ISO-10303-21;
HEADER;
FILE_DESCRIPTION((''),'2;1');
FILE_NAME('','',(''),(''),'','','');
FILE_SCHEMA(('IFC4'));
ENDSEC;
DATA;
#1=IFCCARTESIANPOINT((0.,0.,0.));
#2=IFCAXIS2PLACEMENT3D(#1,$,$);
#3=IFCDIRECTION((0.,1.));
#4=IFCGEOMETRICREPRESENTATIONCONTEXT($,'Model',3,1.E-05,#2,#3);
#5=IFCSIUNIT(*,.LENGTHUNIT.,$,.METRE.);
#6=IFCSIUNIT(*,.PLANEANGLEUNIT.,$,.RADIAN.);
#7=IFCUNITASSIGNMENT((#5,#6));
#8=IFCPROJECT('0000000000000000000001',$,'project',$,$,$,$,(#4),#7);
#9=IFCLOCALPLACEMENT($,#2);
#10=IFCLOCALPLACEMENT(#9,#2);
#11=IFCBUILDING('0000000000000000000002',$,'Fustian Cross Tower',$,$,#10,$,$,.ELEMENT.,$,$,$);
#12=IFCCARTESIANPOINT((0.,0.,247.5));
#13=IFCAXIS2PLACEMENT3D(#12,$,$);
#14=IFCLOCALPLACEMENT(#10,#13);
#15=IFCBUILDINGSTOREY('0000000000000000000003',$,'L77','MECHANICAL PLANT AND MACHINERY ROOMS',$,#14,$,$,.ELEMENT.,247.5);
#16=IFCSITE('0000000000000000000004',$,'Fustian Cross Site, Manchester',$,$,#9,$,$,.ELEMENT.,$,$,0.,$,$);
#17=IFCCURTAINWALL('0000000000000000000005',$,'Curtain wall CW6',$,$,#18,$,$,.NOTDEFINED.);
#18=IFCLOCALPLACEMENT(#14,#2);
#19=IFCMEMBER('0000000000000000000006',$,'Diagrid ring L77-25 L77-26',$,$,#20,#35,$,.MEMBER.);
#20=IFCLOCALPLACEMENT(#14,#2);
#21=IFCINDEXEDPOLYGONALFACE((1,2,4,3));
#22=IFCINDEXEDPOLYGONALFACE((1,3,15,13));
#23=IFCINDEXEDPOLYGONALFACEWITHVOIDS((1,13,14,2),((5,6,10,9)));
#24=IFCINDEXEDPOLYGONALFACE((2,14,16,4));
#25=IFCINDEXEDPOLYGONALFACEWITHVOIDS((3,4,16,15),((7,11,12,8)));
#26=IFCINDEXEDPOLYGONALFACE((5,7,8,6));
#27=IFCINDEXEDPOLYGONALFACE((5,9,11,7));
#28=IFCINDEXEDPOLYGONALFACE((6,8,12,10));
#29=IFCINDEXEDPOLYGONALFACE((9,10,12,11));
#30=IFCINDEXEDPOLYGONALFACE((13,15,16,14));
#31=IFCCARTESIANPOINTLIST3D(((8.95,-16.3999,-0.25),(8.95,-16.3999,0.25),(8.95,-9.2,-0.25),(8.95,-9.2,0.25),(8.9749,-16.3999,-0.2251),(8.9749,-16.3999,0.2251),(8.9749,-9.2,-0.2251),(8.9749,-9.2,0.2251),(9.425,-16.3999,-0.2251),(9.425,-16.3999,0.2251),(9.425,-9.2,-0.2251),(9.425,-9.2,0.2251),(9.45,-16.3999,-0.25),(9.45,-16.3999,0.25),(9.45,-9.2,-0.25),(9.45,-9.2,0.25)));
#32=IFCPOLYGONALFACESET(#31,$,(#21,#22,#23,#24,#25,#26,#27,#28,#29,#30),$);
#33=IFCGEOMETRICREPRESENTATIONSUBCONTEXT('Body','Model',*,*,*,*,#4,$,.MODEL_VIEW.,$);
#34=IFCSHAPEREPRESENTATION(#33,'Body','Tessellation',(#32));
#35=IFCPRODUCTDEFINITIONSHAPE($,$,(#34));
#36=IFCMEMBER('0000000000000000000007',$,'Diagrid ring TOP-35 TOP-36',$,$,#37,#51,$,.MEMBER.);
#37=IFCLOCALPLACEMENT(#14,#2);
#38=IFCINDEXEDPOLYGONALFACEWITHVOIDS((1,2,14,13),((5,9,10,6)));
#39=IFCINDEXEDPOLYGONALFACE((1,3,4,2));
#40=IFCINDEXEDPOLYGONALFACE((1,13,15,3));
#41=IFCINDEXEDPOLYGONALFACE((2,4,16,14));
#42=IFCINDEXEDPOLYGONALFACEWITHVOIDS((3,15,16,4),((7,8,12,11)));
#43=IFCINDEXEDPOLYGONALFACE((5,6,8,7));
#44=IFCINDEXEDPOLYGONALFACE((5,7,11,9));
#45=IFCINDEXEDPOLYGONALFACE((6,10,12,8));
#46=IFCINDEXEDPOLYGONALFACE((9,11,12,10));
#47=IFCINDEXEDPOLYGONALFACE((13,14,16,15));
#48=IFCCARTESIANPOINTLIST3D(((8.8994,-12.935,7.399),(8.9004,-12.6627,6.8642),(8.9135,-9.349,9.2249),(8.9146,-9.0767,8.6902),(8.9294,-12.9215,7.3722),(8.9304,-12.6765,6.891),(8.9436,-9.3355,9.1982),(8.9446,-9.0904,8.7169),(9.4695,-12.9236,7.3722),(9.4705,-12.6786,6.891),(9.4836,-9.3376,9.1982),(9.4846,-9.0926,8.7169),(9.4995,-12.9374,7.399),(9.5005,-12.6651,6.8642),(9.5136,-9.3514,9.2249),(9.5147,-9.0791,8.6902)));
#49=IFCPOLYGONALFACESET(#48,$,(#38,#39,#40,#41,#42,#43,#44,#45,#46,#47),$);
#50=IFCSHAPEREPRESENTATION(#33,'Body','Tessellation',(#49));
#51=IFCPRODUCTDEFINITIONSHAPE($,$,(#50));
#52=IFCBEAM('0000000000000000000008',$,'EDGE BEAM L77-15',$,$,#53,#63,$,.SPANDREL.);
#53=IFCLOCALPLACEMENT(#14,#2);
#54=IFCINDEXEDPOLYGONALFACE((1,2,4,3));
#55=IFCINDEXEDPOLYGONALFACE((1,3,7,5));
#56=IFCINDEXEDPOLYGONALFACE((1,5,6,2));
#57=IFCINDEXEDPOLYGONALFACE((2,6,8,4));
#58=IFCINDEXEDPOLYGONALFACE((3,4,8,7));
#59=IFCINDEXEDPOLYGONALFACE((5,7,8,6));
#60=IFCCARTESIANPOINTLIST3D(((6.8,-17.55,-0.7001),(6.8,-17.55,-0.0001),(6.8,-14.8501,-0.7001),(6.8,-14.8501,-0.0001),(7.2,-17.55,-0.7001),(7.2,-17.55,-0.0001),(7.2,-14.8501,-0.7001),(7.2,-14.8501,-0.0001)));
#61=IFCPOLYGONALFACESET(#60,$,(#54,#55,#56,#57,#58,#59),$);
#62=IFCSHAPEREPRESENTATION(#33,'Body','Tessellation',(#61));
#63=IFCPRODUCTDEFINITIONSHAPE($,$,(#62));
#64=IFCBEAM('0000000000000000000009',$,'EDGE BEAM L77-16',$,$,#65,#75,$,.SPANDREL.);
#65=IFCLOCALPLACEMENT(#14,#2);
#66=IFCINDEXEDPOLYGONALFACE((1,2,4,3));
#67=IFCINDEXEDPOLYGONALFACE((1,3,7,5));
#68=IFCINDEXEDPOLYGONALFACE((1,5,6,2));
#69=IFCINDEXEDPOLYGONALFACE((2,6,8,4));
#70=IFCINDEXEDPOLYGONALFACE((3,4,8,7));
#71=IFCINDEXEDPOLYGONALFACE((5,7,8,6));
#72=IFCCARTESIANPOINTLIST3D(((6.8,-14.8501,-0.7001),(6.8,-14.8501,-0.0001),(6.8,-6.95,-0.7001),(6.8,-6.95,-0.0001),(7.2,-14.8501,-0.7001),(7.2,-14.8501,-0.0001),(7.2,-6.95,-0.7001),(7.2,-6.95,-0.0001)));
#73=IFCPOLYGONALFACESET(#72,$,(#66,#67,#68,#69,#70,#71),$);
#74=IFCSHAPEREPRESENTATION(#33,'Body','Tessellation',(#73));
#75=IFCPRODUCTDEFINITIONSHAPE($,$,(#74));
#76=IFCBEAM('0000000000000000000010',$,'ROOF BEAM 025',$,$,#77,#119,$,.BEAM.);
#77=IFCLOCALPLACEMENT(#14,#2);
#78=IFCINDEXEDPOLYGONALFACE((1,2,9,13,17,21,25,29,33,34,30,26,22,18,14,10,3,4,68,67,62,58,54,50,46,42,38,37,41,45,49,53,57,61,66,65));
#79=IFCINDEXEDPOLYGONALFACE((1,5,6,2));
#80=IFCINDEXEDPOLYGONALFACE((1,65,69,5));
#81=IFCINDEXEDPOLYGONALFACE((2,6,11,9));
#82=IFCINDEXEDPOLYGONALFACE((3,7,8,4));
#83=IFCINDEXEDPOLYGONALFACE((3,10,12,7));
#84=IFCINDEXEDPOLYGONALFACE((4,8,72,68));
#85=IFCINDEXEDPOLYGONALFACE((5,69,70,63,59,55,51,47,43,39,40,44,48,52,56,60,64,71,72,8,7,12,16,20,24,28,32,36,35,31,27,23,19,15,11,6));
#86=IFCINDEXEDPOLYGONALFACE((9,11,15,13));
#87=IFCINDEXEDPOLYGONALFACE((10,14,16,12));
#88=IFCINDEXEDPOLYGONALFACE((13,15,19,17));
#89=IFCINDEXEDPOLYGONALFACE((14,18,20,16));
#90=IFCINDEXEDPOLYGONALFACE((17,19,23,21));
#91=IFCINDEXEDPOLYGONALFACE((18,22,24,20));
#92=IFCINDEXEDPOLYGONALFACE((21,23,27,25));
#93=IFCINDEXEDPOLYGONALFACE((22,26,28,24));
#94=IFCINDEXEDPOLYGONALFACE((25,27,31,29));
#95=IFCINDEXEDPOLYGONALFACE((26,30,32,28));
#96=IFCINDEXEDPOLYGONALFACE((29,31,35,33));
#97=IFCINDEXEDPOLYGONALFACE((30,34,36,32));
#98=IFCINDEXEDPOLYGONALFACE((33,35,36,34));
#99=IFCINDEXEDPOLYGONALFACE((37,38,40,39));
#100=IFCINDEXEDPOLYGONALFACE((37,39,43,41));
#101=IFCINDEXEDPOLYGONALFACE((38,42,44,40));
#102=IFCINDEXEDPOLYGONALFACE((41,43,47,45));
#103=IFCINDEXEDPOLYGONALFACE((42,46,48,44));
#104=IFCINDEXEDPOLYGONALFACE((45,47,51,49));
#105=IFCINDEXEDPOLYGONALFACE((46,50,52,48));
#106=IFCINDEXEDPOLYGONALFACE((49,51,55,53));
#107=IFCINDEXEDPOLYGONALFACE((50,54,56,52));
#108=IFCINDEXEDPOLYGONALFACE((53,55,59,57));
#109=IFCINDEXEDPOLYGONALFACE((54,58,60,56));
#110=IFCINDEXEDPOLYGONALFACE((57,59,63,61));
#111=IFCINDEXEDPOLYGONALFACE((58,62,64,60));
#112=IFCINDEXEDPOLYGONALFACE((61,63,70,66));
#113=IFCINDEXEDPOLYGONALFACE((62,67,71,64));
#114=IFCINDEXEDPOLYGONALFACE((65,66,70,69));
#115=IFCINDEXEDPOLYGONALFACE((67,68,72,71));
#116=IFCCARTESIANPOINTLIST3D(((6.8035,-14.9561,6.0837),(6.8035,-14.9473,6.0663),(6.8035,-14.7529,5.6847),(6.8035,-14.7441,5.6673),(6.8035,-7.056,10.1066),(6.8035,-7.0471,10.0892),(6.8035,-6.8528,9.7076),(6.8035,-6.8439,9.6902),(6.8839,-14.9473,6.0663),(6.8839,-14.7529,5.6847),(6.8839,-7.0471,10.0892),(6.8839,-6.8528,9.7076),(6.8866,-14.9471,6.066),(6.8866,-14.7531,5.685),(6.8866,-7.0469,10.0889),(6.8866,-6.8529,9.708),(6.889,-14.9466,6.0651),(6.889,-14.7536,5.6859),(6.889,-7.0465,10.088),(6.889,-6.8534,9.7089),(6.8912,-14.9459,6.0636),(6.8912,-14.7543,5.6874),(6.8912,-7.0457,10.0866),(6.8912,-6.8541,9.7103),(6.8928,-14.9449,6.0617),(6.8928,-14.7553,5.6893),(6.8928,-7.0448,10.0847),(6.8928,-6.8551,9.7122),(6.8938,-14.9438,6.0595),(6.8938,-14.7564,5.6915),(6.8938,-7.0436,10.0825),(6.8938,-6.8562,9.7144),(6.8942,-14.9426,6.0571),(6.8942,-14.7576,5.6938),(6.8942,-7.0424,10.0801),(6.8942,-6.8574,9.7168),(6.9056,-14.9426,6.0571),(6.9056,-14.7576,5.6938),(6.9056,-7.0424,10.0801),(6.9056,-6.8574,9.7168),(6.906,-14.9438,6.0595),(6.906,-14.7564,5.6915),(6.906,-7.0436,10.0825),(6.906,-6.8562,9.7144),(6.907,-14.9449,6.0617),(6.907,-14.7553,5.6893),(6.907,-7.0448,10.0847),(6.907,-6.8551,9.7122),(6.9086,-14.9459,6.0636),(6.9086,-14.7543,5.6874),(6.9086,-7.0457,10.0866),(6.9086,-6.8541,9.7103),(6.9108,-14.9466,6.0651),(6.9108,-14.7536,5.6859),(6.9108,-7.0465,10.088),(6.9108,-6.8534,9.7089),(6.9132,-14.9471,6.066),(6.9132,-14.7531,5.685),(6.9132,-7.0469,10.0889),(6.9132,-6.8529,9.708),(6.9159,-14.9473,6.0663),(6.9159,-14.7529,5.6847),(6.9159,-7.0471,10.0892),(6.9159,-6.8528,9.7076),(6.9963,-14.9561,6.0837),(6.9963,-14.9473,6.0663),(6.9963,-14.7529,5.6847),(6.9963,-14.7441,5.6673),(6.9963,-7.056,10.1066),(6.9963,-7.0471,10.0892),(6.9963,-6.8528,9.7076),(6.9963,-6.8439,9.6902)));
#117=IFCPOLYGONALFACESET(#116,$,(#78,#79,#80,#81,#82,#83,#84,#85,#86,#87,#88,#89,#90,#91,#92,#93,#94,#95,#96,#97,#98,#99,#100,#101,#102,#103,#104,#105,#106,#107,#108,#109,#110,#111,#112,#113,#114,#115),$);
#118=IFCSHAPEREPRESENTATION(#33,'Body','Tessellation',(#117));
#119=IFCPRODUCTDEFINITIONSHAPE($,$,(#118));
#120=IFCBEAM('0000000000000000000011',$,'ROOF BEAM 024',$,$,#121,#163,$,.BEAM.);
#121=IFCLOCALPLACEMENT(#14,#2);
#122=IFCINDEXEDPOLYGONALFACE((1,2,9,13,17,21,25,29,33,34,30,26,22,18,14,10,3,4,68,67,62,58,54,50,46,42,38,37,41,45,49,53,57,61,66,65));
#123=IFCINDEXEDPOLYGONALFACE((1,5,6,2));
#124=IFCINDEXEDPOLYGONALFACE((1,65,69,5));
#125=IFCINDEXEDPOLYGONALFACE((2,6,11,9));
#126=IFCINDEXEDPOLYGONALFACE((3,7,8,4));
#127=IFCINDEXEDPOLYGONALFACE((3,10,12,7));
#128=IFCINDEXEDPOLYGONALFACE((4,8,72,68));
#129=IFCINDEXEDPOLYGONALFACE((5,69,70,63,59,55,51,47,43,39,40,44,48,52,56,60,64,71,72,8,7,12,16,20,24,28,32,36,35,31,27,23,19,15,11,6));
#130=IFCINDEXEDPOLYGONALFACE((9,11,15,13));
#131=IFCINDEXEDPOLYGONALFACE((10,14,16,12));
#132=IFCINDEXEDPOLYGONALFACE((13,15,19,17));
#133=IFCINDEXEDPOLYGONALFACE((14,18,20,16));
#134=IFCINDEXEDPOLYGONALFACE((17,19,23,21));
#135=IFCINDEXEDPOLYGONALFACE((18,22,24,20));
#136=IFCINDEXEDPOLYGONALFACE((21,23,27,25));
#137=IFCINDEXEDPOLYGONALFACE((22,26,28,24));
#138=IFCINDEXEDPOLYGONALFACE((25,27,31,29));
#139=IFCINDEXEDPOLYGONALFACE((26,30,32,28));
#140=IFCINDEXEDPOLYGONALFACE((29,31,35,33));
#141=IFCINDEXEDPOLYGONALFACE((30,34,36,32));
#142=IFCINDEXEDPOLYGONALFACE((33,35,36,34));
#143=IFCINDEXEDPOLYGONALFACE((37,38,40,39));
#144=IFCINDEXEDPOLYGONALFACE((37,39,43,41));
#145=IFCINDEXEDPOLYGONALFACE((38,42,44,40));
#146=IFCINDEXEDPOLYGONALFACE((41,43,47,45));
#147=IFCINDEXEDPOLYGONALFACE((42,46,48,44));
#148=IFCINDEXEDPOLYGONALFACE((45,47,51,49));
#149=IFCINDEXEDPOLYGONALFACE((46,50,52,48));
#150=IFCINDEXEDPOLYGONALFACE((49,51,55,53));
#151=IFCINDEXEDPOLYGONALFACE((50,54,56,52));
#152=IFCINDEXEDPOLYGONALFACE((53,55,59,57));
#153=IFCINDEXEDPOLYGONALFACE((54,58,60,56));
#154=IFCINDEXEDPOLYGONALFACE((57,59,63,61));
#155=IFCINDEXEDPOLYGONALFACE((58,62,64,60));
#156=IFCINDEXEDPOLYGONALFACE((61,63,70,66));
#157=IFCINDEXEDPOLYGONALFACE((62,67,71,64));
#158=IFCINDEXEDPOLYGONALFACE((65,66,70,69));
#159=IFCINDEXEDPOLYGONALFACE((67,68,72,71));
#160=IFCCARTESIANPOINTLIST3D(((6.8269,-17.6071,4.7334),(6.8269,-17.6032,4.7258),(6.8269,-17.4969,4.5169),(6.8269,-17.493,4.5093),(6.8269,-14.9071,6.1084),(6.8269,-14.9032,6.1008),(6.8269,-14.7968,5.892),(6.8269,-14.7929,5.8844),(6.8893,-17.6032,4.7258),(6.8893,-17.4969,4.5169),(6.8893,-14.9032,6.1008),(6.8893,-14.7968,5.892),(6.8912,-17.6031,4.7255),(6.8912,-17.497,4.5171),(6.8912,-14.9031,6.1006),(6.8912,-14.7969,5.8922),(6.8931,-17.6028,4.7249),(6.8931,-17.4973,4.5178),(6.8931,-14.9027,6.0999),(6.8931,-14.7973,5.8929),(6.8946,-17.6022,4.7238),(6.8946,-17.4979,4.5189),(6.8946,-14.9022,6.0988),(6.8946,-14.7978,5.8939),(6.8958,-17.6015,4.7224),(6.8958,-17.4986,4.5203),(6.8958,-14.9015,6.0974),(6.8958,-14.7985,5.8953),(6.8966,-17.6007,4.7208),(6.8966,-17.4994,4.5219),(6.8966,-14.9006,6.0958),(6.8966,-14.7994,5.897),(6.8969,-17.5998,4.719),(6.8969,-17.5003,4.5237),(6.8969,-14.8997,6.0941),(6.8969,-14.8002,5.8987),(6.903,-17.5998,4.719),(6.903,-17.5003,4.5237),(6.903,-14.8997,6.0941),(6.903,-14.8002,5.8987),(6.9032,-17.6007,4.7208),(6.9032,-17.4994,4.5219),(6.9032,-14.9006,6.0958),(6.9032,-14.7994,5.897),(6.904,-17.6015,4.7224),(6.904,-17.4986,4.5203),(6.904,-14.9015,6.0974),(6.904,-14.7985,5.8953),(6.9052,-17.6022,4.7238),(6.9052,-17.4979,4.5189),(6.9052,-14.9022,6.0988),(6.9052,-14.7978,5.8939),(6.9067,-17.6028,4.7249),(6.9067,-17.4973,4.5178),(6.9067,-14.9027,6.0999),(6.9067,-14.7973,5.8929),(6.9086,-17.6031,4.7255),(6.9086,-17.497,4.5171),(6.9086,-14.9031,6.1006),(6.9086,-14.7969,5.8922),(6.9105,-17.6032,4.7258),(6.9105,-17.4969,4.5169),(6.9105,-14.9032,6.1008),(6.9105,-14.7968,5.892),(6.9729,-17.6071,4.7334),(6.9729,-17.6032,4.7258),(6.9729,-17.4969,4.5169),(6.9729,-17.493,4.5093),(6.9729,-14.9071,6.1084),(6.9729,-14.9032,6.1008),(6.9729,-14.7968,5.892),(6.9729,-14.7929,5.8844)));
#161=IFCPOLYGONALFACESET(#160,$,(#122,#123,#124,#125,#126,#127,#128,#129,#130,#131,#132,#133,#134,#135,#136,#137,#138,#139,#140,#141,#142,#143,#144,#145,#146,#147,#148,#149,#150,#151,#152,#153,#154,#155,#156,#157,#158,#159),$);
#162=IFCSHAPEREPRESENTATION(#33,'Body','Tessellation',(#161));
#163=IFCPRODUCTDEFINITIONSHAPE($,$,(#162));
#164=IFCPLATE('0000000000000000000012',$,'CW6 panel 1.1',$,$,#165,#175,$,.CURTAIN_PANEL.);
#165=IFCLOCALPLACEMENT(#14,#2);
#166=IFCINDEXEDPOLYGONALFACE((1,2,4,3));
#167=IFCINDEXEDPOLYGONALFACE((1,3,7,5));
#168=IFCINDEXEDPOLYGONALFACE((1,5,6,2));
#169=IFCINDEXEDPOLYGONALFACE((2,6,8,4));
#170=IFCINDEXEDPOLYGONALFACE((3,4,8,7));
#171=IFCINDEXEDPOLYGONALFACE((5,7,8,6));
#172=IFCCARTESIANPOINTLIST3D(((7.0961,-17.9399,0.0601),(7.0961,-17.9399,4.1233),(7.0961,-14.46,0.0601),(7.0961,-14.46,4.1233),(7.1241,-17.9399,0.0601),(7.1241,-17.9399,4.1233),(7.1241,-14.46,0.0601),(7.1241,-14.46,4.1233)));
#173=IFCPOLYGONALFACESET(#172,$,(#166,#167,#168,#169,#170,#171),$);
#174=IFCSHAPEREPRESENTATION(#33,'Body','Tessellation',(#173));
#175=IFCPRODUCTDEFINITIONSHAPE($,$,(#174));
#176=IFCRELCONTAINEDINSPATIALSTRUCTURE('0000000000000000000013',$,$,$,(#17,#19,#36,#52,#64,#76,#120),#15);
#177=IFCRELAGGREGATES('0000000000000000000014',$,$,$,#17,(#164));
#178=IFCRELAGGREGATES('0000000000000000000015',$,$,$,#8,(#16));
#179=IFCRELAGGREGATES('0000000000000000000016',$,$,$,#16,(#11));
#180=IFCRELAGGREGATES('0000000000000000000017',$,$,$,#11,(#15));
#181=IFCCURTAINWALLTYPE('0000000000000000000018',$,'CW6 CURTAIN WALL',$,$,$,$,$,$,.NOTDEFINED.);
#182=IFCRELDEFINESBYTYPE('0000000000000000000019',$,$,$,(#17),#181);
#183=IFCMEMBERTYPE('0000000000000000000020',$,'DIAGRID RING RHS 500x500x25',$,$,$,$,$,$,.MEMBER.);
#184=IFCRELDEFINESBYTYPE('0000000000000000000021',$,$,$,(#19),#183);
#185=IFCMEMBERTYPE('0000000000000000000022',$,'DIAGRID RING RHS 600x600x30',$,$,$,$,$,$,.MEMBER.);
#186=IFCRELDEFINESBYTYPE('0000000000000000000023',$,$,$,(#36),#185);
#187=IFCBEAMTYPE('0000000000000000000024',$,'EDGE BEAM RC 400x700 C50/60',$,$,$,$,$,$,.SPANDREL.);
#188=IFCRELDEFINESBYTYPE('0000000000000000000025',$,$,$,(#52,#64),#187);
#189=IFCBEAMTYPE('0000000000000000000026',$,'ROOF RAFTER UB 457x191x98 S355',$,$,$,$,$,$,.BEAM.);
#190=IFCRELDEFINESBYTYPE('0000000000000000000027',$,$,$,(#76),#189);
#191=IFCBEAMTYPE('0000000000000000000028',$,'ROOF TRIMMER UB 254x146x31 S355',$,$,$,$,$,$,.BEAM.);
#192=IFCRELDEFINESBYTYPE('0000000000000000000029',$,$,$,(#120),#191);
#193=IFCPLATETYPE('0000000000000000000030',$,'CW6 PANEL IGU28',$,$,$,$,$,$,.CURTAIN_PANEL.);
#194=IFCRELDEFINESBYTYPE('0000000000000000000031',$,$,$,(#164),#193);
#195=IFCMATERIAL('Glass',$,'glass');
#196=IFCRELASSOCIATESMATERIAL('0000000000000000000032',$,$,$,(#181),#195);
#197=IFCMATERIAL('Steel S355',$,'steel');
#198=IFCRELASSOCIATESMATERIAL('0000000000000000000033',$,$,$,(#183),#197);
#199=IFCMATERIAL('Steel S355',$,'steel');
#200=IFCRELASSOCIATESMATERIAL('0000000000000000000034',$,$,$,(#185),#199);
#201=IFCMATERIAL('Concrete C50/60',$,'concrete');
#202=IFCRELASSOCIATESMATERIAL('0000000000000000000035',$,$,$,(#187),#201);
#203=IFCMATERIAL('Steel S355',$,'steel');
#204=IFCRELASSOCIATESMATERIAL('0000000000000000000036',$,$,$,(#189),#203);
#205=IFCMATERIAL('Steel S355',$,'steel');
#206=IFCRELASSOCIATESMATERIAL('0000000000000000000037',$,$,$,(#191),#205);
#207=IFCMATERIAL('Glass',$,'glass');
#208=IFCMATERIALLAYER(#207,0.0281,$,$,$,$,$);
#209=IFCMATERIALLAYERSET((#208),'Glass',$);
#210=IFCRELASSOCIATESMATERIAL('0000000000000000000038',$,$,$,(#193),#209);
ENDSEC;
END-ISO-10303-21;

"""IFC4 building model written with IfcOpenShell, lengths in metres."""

from ifc_helpers import new_model, si_unit, direction, frame, origin, origin_2d, place, context, subcontext, project, spatial, rectangle, hollow_rectangle, i_section, extrude, material, layer, layer_set, material_profile, profile_set, type_object, element, aggregate, save


model = new_model("IFC4")

# Units and contexts
model_context = context("Model", 3, precision=1e-05, world=origin(), true_north=direction((0.0, 1.0)))
body_context = subcontext(model_context, "Body", "Model", "MODEL_VIEW")
ifc_project = project(units=[si_unit("LENGTHUNIT", "METRE"), si_unit("PLANEANGLEUNIT", "RADIAN")], contexts=[model_context])

# Site, building, storey
site_placement = place(None, origin())
site = spatial("IfcSite", under=ifc_project, at=site_placement, Name="Fustian Cross Site, Manchester", CompositionType="ELEMENT", RefElevation=0.0)
building_placement = place(site_placement, origin())
building = spatial("IfcBuilding", under=site, at=building_placement, Name="Fustian Cross Tower", CompositionType="ELEMENT")
storey_placement = place(building_placement, frame((0.0, 0.0, 247.5)))
storey = spatial("IfcBuildingStorey", under=building, at=storey_placement, Name="L77", Description="MECHANICAL PLANT AND MACHINERY ROOMS", CompositionType="ELEMENT", Elevation=247.5)

# Curtain wall
ifc_material_1 = material(Name="Glass", Category="glass")
curtain_wall_type = type_object("IfcCurtainWallType", Name="CW6 CURTAIN WALL", PredefinedType="NOTDEFINED", material=ifc_material_1)
curtain_wall_1_placement = place(storey_placement, origin())
curtain_wall_1 = element("IfcCurtainWall", 1, at=curtain_wall_1_placement, inside=storey, type_object=curtain_wall_type, Name="Curtain wall CW6", PredefinedType="NOTDEFINED")

# Members
ifc_material_2 = material(Name="Steel S355", Category="steel")
ifc_material_profile_1 = material_profile(ifc_material_2, hollow_rectangle(XDim=0.5, YDim=0.5, WallThickness=0.0249, at=origin_2d()), Name="RHS 500x500x25")
ifc_profile_set_1 = profile_set([ifc_material_profile_1], Name="Steel S355")
member_type_1 = type_object("IfcMemberType", Name="DIAGRID RING RHS 500x500x25", PredefinedType="MEMBER", material=ifc_profile_set_1)
member_1_placement = place(storey_placement, frame((9.2, -16.3999, 0.0), z_axis=(0.0, 1.0, 0.0), x_axis=(-1.0, 0.0, 0.0)))
element("IfcMember", 2, at=member_1_placement, inside=storey, type_object=member_type_1, Name="Diagrid ring L77-25 L77-26", PredefinedType="MEMBER", context=body_context, shape_type="SweptSolid", body=[
    extrude(hollow_rectangle(XDim=0.5, YDim=0.5, WallThickness=0.0249, at=origin_2d()), origin(), (0.0, 0.0, 1.0), 7.2),
])
ifc_material_3 = material(Name="Steel S355", Category="steel")
ifc_material_profile_2 = material_profile(ifc_material_3, hollow_rectangle(XDim=0.6001, YDim=0.6001, WallThickness=0.03, at=origin_2d()), Name="RHS 600x600x30")
ifc_profile_set_2 = profile_set([ifc_material_profile_2], Name="Steel S355")
member_type_2 = type_object("IfcMemberType", Name="DIAGRID RING RHS 600x600x30", PredefinedType="MEMBER", material=ifc_profile_set_2)
member_2_placement = place(storey_placement, frame((9.2, -12.8, 7.1316), z_axis=(0.003519, 0.891121, 0.453751), x_axis=(-0.999992, 0.003949, 0.0)))
element("IfcMember", 3, at=member_2_placement, inside=storey, type_object=member_type_2, Name="Diagrid ring TOP-35 TOP-36", PredefinedType="MEMBER", context=body_context, shape_type="SweptSolid", body=[
    extrude(hollow_rectangle(XDim=0.6001, YDim=0.6001, WallThickness=0.03, at=origin_2d()), origin(), (0.0, 0.0, 1.0), 4.0242),
])

# Beams
ifc_material_4 = material(Name="Concrete C50/60", Category="concrete")
ifc_material_profile_3 = material_profile(ifc_material_4, rectangle(XDim=0.3999, YDim=0.7, at=origin_2d()), Name="RC 400x700")
ifc_profile_set_3 = profile_set([ifc_material_profile_3], Name="Concrete C50/60")
beam_type_1 = type_object("IfcBeamType", Name="EDGE BEAM RC 400x700 C50/60", PredefinedType="SPANDREL", material=ifc_profile_set_3)
beam_1_placement = place(storey_placement, frame((7.0, -17.55, -0.3501), z_axis=(0.0, 1.0, 0.0), x_axis=(-1.0, 0.0, 0.0)))
element("IfcBeam", 4, at=beam_1_placement, inside=storey, type_object=beam_type_1, Name="EDGE BEAM L77-15", PredefinedType="SPANDREL", context=body_context, shape_type="SweptSolid", body=[
    extrude(rectangle(XDim=0.3999, YDim=0.7, at=origin_2d()), origin(), (0.0, 0.0, 1.0), 2.7),
])
beam_2_placement = place(storey_placement, frame((7.0, -14.8501, -0.3501), z_axis=(0.0, 1.0, 0.0), x_axis=(-1.0, 0.0, 0.0)))
element("IfcBeam", 5, at=beam_2_placement, inside=storey, type_object=beam_type_1, Name="EDGE BEAM L77-16", PredefinedType="SPANDREL", context=body_context, shape_type="SweptSolid", body=[
    extrude(rectangle(XDim=0.3999, YDim=0.7, at=origin_2d()), origin(), (0.0, 0.0, 1.0), 7.9001),
])
ifc_material_5 = material(Name="Steel S355", Category="steel")
ifc_material_profile_4 = material_profile(ifc_material_5, i_section(OverallWidth=0.1929, OverallDepth=0.4673, WebThickness=0.0115, FlangeThickness=0.0195, FilletRadius=0.0103, at=origin_2d()), Name="UB 457x191x98")
ifc_profile_set_4 = profile_set([ifc_material_profile_4], Name="Steel S355")
beam_type_2 = type_object("IfcBeamType", Name="ROOF RAFTER UB 457x191x98 S355", PredefinedType="BEAM", material=ifc_profile_set_4)
beam_3_placement = place(storey_placement, frame((6.8999, -14.8501, 5.8755), z_axis=(0.0, 0.891115, 0.453778), x_axis=(-1.0, 0.0, 0.0)))
element("IfcBeam", 6, at=beam_3_placement, inside=storey, type_object=beam_type_2, Name="ROOF BEAM 025", PredefinedType="BEAM", context=body_context, shape_type="SweptSolid", body=[
    extrude(i_section(OverallWidth=0.1929, OverallDepth=0.4673, WebThickness=0.0115, FlangeThickness=0.0195, FilletRadius=0.0103, at=origin_2d()), origin(), (0.0, 0.0, 1.0), 8.8655),
])
ifc_material_6 = material(Name="Steel S355", Category="steel")
ifc_material_profile_5 = material_profile(ifc_material_6, i_section(OverallWidth=0.146, OverallDepth=0.2515, WebThickness=0.0061, FlangeThickness=0.0085, FilletRadius=0.0076, at=origin_2d()), Name="UB 254x146x31")
ifc_profile_set_5 = profile_set([ifc_material_profile_5], Name="Steel S355")
beam_type_3 = type_object("IfcBeamType", Name="ROOF TRIMMER UB 254x146x31 S355", PredefinedType="BEAM", material=ifc_profile_set_5)
beam_4_placement = place(storey_placement, frame((6.8999, -17.55, 4.6213), z_axis=(0.0, 0.891099, 0.453809), x_axis=(-1.0, 0.0, 0.0)))
element("IfcBeam", 7, at=beam_4_placement, inside=storey, type_object=beam_type_3, Name="ROOF BEAM 024", PredefinedType="BEAM", context=body_context, shape_type="SweptSolid", body=[
    extrude(i_section(OverallWidth=0.146, OverallDepth=0.2515, WebThickness=0.0061, FlangeThickness=0.0085, FilletRadius=0.0076, at=origin_2d()), origin(), (0.0, 0.0, 1.0), 3.03),
])

# Plate
ifc_material_7 = material(Name="Glass", Category="glass")
ifc_layer_1 = layer(ifc_material_7, 0.0281)
ifc_layer_set_1 = layer_set([ifc_layer_1], Name="Glass")
plate_type = type_object("IfcPlateType", Name="CW6 PANEL IGU28", PredefinedType="CURTAIN_PANEL", material=ifc_layer_set_1)
plate_1_placement = place(storey_placement, frame((7.1101, -16.2, 0.0601), z_axis=(0.0, 0.0, 1.0), x_axis=(0.0, 1.0, 0.0)))
plate_1 = element("IfcPlate", 8, at=plate_1_placement, type_object=plate_type, Name="CW6 panel 1.1", PredefinedType="CURTAIN_PANEL", context=body_context, shape_type="SweptSolid", body=[
    extrude(rectangle(XDim=3.48, YDim=0.0281, at=origin_2d()), origin(), (0.0, 0.0, 1.0), 4.0632),
])
aggregate(curtain_wall_1, [plate_1])

save(model, "model.ifc")
